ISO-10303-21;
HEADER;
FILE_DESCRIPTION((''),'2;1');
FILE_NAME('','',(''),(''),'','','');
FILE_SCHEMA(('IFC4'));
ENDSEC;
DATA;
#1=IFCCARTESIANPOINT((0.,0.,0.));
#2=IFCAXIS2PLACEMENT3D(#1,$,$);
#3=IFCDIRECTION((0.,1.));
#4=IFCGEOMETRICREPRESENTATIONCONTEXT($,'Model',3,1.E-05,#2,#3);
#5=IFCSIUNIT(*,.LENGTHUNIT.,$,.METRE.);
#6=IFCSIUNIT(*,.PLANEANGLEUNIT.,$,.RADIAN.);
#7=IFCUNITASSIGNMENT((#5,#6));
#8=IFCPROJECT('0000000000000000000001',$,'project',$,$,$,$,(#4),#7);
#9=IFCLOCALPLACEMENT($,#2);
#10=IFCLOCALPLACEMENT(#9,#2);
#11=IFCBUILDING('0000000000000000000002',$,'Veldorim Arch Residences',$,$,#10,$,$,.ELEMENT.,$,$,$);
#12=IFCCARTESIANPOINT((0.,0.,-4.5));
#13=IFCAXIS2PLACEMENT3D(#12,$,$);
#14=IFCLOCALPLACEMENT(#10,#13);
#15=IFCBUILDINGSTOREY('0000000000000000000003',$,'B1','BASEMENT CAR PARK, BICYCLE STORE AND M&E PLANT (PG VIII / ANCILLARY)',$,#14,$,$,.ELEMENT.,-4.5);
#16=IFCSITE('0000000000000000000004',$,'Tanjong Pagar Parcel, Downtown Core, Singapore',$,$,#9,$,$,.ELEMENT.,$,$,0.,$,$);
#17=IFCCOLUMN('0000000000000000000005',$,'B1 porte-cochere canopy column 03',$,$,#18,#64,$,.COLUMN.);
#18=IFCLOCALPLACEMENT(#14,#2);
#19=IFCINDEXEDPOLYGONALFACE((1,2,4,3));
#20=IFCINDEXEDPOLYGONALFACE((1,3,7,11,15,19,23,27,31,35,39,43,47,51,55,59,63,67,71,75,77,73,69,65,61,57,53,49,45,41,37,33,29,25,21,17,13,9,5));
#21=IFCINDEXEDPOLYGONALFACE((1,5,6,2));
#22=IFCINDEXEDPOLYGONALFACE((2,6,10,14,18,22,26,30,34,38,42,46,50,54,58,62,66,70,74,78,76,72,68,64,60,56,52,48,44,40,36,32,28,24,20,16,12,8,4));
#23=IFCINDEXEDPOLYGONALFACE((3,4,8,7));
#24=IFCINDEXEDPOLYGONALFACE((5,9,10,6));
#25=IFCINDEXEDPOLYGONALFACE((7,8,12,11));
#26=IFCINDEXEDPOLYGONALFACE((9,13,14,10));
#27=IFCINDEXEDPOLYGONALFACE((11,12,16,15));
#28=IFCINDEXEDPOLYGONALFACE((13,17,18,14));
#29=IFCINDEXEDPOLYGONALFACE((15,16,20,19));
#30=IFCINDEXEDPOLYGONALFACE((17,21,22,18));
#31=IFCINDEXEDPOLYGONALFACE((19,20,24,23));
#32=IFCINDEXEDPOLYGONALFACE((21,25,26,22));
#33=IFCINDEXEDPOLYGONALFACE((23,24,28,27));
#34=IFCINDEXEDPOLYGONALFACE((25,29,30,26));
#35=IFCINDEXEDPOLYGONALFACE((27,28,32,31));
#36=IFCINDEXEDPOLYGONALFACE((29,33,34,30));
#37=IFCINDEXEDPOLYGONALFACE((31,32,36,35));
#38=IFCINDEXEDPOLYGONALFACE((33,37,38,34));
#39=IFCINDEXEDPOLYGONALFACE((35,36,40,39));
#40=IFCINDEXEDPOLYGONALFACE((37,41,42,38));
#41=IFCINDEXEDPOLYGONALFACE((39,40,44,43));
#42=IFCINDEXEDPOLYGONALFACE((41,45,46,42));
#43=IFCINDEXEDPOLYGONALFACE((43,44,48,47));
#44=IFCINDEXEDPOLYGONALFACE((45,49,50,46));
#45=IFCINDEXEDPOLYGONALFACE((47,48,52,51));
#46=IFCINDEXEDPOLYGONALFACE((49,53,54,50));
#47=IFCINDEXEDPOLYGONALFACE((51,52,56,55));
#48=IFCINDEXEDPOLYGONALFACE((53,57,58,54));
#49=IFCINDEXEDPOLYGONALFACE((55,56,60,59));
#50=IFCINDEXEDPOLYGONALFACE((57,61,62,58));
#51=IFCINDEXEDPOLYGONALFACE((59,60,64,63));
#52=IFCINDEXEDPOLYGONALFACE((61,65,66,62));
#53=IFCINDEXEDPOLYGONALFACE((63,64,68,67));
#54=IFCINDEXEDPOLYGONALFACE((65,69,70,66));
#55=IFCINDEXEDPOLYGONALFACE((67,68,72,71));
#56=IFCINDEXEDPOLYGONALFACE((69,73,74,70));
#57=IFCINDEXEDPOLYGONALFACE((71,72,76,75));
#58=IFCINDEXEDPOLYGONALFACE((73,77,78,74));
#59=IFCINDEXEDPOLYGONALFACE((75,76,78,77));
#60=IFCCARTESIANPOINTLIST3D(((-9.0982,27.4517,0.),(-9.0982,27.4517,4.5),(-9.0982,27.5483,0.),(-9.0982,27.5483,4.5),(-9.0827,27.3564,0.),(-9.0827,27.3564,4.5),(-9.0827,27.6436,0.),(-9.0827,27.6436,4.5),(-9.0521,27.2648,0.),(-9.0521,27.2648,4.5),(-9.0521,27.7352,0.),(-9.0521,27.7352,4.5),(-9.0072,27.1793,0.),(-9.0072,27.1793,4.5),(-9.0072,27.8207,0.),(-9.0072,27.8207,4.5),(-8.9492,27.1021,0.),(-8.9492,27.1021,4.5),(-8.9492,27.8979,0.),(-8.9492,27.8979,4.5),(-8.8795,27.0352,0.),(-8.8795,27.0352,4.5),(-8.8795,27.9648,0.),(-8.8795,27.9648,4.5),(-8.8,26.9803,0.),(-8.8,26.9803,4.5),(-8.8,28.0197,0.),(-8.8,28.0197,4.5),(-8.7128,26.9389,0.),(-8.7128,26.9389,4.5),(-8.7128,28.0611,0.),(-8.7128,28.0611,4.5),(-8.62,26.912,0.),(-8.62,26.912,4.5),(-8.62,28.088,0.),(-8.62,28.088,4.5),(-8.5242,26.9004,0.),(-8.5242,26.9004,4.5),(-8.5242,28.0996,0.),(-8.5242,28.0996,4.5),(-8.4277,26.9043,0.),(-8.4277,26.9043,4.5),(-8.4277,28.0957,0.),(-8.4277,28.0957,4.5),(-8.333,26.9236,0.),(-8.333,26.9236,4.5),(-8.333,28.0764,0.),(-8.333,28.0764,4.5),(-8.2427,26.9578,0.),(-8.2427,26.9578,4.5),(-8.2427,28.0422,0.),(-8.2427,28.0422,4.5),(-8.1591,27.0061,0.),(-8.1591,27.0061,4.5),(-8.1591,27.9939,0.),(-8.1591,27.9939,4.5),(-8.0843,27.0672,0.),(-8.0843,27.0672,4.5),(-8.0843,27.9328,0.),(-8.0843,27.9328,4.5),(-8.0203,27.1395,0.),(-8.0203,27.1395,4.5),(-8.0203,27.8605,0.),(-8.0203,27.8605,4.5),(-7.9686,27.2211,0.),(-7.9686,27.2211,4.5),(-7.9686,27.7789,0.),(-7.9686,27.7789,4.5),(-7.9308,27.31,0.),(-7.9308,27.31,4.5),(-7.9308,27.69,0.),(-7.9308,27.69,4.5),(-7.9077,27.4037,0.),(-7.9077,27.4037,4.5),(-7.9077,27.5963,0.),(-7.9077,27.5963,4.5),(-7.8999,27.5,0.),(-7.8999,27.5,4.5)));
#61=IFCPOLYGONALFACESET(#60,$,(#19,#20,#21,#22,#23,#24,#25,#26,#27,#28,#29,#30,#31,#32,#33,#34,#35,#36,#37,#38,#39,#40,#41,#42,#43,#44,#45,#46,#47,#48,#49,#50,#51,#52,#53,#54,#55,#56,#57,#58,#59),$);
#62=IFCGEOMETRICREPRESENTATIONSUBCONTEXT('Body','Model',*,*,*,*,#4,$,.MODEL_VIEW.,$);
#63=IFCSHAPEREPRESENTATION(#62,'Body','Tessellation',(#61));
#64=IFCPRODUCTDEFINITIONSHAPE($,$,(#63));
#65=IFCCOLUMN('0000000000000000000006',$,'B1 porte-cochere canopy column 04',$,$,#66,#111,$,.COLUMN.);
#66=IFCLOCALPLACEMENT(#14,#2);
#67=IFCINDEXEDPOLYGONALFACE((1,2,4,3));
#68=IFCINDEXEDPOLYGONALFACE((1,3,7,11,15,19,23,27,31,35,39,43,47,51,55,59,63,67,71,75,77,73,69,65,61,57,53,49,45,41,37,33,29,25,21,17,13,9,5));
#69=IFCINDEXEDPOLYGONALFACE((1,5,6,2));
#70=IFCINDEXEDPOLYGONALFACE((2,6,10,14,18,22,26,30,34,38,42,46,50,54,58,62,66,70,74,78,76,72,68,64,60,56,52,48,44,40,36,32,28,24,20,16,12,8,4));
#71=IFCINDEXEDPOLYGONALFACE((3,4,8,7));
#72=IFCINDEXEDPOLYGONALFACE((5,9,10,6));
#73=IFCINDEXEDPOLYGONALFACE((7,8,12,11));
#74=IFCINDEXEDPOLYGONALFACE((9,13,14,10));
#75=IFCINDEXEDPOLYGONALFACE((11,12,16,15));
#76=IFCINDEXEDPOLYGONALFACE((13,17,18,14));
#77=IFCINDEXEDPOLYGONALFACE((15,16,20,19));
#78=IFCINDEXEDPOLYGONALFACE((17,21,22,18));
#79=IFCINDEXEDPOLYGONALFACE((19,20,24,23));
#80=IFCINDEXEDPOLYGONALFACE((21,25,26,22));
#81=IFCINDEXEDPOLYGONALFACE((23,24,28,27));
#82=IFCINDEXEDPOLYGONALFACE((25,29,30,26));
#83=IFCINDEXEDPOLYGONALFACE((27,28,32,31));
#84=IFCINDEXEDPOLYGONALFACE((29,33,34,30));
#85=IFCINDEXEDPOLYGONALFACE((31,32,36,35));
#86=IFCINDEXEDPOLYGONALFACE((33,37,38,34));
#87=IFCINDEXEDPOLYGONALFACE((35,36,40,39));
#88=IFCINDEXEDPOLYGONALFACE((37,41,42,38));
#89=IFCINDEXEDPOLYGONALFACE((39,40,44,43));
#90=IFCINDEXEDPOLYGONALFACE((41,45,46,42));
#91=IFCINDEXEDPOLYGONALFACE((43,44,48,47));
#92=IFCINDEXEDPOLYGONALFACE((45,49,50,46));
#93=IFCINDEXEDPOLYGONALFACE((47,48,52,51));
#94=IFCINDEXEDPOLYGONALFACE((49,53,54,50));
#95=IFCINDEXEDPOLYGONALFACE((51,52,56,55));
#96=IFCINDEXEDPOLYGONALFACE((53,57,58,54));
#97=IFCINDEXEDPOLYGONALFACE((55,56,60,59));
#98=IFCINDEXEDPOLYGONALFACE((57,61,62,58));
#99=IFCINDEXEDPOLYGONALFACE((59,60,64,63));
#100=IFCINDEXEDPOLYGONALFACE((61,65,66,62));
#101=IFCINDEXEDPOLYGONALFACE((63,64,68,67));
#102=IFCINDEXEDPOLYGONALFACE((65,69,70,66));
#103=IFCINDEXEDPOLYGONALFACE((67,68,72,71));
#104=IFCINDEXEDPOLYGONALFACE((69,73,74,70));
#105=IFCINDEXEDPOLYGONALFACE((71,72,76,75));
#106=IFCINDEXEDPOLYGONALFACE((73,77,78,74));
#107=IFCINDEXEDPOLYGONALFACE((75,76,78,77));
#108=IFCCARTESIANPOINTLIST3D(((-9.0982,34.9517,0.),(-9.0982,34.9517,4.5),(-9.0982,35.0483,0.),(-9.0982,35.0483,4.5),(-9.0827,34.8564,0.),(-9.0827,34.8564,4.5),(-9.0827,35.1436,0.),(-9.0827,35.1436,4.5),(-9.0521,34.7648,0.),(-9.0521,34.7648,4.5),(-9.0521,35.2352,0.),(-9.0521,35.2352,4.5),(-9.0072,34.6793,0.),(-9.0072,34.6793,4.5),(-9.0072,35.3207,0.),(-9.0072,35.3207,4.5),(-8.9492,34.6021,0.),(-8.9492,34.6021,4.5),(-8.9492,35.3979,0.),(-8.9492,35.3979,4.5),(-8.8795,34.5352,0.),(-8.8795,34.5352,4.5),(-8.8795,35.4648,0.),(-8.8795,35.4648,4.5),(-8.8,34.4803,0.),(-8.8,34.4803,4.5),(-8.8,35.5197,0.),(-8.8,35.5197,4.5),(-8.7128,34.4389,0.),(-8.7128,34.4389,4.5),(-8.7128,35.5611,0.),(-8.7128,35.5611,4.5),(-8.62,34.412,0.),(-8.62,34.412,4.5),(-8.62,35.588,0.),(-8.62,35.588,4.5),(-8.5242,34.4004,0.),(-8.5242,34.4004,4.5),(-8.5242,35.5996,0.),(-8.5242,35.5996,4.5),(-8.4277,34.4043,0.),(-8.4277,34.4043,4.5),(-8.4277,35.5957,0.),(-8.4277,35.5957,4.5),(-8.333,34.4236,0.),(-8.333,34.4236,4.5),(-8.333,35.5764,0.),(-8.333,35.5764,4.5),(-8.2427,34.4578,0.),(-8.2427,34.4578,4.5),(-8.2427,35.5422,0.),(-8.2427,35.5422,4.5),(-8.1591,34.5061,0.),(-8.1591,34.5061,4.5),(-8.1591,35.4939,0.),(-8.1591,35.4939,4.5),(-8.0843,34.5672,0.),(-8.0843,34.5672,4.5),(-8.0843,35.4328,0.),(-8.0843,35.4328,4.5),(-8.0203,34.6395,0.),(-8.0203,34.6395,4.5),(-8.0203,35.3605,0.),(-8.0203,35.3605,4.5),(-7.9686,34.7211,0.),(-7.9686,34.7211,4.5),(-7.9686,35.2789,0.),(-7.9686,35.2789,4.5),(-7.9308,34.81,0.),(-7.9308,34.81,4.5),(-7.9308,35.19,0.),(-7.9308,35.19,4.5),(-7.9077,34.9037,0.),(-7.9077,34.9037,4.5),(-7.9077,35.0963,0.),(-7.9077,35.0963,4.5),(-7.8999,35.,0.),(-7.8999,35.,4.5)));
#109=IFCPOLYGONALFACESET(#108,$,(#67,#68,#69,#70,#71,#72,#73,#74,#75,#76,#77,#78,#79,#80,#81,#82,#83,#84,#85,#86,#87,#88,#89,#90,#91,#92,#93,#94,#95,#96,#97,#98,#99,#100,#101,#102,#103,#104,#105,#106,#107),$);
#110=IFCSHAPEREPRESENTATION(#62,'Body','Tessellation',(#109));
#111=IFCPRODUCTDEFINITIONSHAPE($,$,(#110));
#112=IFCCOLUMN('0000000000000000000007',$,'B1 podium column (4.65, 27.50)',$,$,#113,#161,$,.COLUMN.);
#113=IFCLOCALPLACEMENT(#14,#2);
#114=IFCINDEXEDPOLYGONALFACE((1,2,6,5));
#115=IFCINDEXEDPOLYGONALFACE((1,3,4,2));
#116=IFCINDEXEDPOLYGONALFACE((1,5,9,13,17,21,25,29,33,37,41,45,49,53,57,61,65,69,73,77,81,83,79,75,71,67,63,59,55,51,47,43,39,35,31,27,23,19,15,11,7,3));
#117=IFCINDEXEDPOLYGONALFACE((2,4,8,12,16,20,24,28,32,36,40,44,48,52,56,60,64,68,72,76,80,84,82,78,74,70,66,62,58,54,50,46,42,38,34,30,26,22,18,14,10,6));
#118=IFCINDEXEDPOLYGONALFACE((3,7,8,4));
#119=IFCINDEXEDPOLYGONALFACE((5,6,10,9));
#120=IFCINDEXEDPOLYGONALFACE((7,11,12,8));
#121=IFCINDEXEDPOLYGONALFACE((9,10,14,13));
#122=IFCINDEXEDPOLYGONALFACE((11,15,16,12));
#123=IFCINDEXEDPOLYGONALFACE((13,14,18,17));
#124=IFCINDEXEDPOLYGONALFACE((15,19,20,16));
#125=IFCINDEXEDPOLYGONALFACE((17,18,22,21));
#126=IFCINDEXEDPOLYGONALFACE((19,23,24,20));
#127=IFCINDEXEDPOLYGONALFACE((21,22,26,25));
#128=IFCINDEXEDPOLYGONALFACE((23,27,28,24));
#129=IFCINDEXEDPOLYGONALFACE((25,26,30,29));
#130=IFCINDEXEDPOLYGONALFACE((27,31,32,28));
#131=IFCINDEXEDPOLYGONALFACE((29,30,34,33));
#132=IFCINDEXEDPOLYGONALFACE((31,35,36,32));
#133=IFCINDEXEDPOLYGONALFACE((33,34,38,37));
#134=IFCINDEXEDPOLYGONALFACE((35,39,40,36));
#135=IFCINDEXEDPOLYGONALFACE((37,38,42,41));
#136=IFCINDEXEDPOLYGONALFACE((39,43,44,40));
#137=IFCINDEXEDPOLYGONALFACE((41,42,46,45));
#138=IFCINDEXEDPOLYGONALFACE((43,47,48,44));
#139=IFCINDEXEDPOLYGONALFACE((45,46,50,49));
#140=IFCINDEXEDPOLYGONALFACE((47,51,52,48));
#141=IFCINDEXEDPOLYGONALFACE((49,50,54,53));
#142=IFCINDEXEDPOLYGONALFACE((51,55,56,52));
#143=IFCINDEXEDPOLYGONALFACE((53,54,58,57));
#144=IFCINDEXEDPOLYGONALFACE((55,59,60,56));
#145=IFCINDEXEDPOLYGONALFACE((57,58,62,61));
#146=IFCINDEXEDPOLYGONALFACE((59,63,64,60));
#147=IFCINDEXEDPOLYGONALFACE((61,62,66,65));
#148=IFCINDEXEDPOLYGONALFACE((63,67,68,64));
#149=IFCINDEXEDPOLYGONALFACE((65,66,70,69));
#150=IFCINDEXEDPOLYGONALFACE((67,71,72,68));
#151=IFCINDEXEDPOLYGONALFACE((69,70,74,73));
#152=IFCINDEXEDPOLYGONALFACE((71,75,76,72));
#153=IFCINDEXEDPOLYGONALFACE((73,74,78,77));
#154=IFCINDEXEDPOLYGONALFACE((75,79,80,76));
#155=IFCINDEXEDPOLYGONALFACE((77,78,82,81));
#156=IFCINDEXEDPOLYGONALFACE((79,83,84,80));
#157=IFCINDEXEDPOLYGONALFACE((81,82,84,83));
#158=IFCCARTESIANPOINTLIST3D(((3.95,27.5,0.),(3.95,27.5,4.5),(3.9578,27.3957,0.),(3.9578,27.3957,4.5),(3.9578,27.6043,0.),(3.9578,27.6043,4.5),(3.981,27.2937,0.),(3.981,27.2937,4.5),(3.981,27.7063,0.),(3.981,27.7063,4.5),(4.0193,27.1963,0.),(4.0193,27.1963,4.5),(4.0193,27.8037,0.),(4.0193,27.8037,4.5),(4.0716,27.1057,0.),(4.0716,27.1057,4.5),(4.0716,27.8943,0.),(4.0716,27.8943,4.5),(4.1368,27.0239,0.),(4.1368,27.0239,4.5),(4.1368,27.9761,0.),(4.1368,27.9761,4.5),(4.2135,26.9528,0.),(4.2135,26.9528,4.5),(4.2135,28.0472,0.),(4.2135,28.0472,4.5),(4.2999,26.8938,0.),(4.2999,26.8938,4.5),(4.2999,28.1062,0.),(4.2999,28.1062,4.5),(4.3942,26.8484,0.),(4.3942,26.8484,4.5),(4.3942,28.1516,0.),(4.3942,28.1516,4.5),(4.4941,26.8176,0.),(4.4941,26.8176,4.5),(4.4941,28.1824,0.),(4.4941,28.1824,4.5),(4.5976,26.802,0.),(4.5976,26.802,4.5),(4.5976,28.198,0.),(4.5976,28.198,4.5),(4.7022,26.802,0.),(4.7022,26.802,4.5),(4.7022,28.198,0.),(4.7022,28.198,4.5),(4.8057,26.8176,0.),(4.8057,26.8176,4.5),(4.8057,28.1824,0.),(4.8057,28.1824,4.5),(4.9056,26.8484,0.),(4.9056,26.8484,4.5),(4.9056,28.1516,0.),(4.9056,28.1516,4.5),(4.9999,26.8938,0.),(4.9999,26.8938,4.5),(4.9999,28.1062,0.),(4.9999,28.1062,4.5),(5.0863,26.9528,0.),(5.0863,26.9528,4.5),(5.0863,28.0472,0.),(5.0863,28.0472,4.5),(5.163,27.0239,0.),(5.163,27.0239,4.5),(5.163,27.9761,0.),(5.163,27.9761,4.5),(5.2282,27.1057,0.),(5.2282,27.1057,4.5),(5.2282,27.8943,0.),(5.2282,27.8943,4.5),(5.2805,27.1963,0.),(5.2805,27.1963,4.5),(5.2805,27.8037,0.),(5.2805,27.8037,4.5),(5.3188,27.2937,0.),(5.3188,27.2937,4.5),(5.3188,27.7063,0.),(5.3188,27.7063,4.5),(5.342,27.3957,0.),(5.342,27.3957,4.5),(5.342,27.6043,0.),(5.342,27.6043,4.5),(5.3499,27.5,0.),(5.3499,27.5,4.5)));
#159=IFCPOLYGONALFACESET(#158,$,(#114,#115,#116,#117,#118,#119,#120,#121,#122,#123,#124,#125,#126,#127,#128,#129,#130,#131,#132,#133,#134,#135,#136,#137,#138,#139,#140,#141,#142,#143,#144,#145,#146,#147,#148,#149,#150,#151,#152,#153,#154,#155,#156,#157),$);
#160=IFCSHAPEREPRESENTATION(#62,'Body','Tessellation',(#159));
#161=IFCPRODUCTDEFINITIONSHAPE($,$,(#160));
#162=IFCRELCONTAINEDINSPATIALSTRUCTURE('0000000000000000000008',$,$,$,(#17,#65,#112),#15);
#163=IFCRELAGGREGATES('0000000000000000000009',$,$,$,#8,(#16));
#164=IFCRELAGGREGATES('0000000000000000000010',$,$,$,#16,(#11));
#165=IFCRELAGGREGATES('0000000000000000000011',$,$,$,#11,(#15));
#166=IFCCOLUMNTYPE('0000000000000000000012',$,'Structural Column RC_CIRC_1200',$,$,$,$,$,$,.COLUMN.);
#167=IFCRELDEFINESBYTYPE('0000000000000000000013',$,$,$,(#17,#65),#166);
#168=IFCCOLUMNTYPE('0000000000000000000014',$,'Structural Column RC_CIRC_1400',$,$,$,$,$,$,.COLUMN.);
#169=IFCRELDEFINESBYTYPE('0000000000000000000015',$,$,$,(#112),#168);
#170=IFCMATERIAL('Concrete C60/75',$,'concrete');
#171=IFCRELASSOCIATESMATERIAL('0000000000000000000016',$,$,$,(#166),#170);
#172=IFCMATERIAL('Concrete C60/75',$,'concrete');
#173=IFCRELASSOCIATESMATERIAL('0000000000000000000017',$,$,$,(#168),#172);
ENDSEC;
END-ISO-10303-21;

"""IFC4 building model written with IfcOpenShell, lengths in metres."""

from ifc_helpers import new_model, si_unit, direction, frame, origin, origin_2d, place, context, subcontext, project, spatial, circle, extrude, material, material_profile, profile_set, type_object, element, save


model = new_model("IFC4")

# Units and contexts
model_context = context("Model", 3, precision=1e-05, world=origin(), true_north=direction((0.0, 1.0)))
body_context = subcontext(model_context, "Body", "Model", "MODEL_VIEW")
ifc_project = project(units=[si_unit("LENGTHUNIT", "METRE"), si_unit("PLANEANGLEUNIT", "RADIAN")], contexts=[model_context])

# Site, building, storey
site_placement = place(None, origin())
site = spatial("IfcSite", under=ifc_project, at=site_placement, Name="Tanjong Pagar Parcel, Downtown Core, Singapore", CompositionType="ELEMENT", RefElevation=0.0)
building_placement = place(site_placement, origin())
building = spatial("IfcBuilding", under=site, at=building_placement, Name="Veldorim Arch Residences", CompositionType="ELEMENT")
storey_placement = place(building_placement, frame((0.0, 0.0, -4.5)))
storey = spatial("IfcBuildingStorey", under=building, at=storey_placement, Name="B1", Description="BASEMENT CAR PARK, BICYCLE STORE AND M&E PLANT (PG VIII / ANCILLARY)", CompositionType="ELEMENT", Elevation=-4.5)

# Columns
ifc_material_1 = material(Name="Concrete C60/75", Category="concrete")
ifc_material_profile_1 = material_profile(ifc_material_1, circle(Radius=0.6001, at=origin_2d()), Name="RC_CIRC_1200")
ifc_profile_set_1 = profile_set([ifc_material_profile_1], Name="Concrete C60/75")
column_type_1 = type_object("IfcColumnType", Name="Structural Column RC_CIRC_1200", PredefinedType="COLUMN", material=ifc_profile_set_1)
for number, where, z_axis, x_axis, name in (
    (1, (-8.5, 27.5, 0.0), (0.0, 0.0, 1.0), (1.0, 0.0, 0.0), "B1 porte-cochere canopy column 03"),
    (2, (-8.5, 35.0, 0.0), (0.0, 0.0, 1.0), (1.0, 0.0, 0.0), "B1 porte-cochere canopy column 04"),
):
    element("IfcColumn", number, at=place(storey_placement, frame(where, z_axis=z_axis, x_axis=x_axis)), inside=storey, type_object=column_type_1, Name=name, PredefinedType="COLUMN", context=body_context, shape_type="SweptSolid", body=[
        extrude(circle(Radius=0.6001, at=origin_2d()), origin(), (0.0, 0.0, 1.0), 4.5),
    ])
ifc_material_2 = material(Name="Concrete C60/75", Category="concrete")
ifc_material_profile_2 = material_profile(ifc_material_2, circle(Radius=0.7, at=origin_2d()), Name="RC_CIRC_1400")
ifc_profile_set_2 = profile_set([ifc_material_profile_2], Name="Concrete C60/75")
column_type_2 = type_object("IfcColumnType", Name="Structural Column RC_CIRC_1400", PredefinedType="COLUMN", material=ifc_profile_set_2)
for number, where, z_axis, x_axis, name in (
    (3, (4.6499, 27.5, 0.0), (0.0, 0.0, 1.0), (1.0, 0.0, 0.0), "B1 podium column (4.65, 27.50)"),
):
    element("IfcColumn", number, at=place(storey_placement, frame(where, z_axis=z_axis, x_axis=x_axis)), inside=storey, type_object=column_type_2, Name=name, PredefinedType="COLUMN", context=body_context, shape_type="SweptSolid", body=[
        extrude(circle(Radius=0.7, at=origin_2d()), origin(), (0.0, 0.0, 1.0), 4.5),
    ])

save(model, "model.ifc")
